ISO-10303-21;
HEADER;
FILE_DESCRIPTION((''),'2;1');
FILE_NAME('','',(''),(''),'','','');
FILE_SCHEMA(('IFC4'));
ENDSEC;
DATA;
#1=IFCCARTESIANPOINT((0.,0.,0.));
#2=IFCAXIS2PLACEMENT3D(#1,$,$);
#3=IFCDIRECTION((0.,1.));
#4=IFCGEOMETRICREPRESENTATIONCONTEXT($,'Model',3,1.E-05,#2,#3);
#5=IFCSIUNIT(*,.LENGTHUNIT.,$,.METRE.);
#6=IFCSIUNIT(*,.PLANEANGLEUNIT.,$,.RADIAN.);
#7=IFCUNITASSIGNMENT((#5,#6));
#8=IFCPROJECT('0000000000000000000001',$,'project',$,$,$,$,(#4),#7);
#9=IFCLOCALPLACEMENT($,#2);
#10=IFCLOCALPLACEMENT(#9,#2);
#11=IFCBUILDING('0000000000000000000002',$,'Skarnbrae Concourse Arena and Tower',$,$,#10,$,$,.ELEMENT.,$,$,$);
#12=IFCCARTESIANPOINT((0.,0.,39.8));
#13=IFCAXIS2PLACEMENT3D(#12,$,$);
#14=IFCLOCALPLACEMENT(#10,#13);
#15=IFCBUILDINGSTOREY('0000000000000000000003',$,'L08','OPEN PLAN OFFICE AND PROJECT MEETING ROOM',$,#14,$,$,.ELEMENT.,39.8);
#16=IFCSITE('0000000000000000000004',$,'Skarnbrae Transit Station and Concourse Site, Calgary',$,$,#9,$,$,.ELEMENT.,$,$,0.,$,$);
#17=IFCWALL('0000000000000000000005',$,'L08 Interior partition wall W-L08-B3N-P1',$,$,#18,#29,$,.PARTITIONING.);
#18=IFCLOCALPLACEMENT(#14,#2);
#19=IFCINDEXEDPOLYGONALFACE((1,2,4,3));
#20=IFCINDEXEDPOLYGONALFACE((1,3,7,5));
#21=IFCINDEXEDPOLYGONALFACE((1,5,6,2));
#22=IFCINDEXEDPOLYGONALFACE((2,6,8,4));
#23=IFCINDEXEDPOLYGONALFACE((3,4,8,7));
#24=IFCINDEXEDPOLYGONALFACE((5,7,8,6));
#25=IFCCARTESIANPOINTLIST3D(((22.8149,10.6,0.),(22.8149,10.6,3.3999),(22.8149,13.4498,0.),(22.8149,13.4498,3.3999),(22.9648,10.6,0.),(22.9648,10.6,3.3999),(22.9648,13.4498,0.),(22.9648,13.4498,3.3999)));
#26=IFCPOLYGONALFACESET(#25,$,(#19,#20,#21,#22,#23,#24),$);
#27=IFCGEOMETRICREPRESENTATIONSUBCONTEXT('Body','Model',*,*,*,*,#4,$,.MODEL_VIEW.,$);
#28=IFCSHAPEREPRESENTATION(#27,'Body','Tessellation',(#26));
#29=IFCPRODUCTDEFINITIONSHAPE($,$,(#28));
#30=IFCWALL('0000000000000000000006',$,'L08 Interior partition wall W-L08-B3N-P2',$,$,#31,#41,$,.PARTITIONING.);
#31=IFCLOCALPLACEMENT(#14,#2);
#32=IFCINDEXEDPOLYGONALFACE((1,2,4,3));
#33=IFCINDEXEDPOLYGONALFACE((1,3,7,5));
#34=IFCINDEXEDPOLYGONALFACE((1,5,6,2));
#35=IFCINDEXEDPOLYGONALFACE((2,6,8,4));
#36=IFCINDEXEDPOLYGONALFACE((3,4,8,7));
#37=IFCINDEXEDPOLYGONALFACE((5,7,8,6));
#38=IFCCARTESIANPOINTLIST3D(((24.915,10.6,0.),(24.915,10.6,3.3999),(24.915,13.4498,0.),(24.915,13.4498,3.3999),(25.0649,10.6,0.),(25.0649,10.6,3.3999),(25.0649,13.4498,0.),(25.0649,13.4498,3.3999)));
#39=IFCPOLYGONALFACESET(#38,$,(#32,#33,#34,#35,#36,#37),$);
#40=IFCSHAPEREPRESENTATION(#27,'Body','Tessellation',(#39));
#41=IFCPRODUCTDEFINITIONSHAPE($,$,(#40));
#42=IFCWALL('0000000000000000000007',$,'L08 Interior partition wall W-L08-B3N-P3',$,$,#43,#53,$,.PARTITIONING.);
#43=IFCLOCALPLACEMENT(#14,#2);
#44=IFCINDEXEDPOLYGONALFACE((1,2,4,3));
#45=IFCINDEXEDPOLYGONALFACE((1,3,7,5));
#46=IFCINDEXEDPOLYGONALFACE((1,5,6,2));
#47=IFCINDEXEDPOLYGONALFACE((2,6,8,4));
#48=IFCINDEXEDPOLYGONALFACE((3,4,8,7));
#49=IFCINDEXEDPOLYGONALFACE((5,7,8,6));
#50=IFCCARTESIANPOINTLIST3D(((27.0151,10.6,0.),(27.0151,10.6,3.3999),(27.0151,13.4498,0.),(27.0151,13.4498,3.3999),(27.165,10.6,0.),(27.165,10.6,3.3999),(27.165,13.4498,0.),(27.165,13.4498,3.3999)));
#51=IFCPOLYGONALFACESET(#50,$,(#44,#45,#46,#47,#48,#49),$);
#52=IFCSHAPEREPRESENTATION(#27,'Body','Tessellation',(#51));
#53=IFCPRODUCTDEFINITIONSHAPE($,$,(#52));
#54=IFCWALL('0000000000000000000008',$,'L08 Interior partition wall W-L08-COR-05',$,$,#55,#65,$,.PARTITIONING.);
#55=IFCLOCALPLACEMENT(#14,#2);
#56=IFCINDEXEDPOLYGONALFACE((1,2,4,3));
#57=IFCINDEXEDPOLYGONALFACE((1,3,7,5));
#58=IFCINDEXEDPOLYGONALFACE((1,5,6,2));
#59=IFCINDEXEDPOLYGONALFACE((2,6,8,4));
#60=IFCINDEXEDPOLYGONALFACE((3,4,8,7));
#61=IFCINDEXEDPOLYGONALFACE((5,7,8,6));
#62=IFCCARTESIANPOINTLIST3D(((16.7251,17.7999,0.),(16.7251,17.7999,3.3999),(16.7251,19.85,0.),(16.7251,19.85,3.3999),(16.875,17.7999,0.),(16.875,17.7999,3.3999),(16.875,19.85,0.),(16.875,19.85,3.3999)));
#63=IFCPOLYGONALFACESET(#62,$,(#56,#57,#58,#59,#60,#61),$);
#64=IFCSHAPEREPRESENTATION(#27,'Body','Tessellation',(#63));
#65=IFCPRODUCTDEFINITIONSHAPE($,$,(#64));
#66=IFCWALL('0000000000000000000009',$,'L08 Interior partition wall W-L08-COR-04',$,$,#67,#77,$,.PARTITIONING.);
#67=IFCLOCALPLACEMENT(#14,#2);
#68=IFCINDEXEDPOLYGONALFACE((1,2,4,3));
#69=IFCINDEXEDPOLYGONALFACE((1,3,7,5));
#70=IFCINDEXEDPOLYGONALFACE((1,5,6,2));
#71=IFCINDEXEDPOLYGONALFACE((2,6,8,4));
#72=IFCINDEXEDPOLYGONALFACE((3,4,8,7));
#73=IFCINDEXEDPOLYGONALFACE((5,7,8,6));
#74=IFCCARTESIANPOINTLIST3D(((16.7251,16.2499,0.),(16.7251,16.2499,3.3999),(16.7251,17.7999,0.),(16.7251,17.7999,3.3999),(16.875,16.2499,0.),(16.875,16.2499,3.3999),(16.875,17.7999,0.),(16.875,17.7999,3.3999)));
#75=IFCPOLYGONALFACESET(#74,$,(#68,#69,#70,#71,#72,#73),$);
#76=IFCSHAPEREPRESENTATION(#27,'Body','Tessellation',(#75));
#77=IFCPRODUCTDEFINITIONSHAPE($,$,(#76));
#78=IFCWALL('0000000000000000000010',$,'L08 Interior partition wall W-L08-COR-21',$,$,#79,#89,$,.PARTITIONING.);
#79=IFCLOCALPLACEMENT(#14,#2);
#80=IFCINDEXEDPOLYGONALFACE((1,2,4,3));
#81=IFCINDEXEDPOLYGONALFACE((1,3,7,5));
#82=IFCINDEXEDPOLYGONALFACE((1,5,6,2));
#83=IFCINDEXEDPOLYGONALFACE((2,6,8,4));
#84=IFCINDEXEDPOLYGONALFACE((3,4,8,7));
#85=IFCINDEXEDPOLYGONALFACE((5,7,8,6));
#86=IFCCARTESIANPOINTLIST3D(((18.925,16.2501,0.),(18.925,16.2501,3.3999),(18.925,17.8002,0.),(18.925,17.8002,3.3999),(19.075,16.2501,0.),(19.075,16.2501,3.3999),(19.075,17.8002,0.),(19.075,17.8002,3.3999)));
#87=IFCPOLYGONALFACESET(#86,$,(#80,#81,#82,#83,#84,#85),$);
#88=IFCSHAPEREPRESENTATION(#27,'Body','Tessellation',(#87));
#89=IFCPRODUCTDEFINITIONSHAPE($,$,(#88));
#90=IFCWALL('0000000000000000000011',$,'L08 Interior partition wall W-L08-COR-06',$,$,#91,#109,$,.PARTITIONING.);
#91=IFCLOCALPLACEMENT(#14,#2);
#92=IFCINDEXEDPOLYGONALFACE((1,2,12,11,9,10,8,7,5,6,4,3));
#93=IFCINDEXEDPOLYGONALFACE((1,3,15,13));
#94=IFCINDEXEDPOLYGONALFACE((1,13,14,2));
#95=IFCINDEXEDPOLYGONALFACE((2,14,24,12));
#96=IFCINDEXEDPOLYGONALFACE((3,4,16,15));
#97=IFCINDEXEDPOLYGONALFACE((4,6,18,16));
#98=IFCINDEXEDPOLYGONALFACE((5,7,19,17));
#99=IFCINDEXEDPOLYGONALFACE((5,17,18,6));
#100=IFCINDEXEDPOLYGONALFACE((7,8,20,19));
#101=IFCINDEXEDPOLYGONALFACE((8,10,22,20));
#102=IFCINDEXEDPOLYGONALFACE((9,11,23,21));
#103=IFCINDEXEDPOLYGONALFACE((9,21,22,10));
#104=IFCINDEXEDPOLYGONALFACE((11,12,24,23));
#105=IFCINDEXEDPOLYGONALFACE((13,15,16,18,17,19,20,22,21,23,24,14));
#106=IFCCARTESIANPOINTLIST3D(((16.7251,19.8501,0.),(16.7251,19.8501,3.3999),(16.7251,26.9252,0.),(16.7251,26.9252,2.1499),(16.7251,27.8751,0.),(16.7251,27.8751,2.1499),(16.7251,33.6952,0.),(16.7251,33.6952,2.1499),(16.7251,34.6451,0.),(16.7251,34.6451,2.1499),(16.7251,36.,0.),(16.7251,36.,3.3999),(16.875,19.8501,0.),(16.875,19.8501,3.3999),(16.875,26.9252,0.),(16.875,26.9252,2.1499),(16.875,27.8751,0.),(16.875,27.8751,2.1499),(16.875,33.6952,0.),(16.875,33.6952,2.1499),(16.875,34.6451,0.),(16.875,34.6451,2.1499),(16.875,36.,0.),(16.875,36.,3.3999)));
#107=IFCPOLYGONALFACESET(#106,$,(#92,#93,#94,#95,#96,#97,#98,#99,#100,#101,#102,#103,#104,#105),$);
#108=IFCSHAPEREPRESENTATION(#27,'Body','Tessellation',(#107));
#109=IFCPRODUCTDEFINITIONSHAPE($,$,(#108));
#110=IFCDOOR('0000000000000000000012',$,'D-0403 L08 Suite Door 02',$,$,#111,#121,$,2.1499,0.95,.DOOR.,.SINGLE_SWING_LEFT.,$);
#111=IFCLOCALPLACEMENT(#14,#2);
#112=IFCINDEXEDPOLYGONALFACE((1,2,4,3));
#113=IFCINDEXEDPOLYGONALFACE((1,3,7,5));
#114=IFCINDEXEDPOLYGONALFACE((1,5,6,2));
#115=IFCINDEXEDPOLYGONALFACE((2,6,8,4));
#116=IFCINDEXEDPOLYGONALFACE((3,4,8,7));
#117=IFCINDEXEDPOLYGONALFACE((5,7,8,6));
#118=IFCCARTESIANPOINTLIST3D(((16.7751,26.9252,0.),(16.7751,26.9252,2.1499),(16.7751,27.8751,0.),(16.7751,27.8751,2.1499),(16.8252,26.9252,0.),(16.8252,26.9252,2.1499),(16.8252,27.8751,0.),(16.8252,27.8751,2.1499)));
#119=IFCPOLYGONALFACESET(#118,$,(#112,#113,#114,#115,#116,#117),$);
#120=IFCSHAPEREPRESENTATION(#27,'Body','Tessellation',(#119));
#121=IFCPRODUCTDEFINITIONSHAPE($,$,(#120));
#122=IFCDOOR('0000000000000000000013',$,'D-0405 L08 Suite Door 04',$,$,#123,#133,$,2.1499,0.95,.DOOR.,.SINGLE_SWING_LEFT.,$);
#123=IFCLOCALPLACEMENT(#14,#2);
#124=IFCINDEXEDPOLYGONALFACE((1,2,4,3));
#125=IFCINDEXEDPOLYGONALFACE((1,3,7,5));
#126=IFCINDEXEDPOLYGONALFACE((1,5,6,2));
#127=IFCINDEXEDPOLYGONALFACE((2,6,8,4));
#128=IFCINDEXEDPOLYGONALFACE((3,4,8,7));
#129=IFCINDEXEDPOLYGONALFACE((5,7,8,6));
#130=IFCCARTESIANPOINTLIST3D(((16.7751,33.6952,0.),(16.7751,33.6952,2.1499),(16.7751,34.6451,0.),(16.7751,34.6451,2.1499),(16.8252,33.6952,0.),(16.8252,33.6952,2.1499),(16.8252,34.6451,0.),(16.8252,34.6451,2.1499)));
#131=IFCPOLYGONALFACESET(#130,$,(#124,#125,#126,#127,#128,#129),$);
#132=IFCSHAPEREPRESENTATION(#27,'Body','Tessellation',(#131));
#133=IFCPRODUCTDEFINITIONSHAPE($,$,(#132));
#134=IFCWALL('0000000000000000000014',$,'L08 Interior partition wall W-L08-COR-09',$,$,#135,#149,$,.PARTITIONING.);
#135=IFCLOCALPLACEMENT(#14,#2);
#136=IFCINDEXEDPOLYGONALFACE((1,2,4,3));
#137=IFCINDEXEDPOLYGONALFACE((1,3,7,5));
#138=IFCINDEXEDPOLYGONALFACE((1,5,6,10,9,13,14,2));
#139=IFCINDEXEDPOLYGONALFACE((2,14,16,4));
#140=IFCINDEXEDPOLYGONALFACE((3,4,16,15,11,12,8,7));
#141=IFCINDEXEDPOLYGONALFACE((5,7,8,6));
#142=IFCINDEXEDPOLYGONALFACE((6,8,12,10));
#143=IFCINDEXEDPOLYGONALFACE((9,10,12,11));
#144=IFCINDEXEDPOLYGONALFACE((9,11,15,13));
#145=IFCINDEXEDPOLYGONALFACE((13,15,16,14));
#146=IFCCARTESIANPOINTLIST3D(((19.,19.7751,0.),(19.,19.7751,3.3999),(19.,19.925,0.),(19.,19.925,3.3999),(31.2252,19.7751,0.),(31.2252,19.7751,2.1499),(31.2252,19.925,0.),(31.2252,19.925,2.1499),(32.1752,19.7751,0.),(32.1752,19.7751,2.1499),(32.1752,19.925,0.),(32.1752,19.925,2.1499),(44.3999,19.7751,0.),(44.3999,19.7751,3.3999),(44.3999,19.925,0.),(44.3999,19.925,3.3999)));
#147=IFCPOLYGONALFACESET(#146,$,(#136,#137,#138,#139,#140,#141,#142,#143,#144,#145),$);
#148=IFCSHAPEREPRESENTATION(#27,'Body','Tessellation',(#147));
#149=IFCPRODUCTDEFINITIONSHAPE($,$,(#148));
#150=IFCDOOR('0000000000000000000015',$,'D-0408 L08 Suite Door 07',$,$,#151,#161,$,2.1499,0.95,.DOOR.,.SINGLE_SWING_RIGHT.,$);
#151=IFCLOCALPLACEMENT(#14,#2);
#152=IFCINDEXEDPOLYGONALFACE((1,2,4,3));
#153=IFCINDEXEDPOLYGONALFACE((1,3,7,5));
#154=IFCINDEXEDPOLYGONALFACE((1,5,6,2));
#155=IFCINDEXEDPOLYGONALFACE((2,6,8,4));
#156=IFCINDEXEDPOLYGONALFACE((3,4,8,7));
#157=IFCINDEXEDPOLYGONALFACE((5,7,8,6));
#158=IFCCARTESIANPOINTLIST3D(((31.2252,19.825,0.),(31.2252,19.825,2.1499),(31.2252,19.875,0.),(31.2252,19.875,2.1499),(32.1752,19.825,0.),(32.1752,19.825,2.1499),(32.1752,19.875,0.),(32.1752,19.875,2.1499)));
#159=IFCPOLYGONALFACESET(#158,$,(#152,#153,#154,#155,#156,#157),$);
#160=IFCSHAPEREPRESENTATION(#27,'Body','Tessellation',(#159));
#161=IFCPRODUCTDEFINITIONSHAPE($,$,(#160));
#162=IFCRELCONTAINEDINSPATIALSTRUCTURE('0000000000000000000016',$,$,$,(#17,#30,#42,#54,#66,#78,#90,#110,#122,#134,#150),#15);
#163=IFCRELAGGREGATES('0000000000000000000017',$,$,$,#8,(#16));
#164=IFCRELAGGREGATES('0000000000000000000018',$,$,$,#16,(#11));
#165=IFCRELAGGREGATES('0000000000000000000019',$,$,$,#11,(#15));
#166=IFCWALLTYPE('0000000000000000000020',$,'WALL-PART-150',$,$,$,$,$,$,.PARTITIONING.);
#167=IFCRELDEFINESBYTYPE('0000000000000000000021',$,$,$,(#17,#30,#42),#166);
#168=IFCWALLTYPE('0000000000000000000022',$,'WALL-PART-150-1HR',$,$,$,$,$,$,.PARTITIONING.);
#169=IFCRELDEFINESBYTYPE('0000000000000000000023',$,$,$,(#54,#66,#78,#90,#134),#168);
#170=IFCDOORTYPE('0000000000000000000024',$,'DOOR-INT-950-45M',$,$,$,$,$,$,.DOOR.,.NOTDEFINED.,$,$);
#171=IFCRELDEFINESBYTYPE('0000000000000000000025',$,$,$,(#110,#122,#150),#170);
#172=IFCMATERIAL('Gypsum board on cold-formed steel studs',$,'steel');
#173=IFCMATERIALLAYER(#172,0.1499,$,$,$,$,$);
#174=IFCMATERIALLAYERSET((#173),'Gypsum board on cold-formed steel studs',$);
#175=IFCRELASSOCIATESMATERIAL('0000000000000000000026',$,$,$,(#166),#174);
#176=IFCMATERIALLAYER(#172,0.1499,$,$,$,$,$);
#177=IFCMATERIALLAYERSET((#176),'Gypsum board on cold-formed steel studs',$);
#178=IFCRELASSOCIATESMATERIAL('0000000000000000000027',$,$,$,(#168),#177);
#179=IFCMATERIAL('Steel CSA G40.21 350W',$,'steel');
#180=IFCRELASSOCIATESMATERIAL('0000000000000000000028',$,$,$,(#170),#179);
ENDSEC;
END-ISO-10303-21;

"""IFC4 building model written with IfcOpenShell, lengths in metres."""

from ifc_helpers import new_model, si_unit, direction, frame, frame_2d, origin, place, context, subcontext, project, spatial, rectangle, extrude, source, transform, mapped, material, layer, layer_set, type_object, element, fill, save


model = new_model("IFC4")

# Units and contexts
model_context = context("Model", 3, precision=1e-05, world=origin(), true_north=direction((0.0, 1.0)))
body_context = subcontext(model_context, "Body", "Model", "MODEL_VIEW")
ifc_project = project(units=[si_unit("LENGTHUNIT", "METRE"), si_unit("PLANEANGLEUNIT", "RADIAN")], contexts=[model_context])

# Site, building, storey
site_placement = place(None, origin())
site = spatial("IfcSite", under=ifc_project, at=site_placement, Name="Skarnbrae Transit Station and Concourse Site, Calgary", CompositionType="ELEMENT", RefElevation=0.0)
building_placement = place(site_placement, origin())
building = spatial("IfcBuilding", under=site, at=building_placement, Name="Skarnbrae Concourse Arena and Tower", CompositionType="ELEMENT")
storey_placement = place(building_placement, frame((0.0, 0.0, 39.8)))
storey = spatial("IfcBuildingStorey", under=building, at=storey_placement, Name="L08", Description="OPEN PLAN OFFICE AND PROJECT MEETING ROOM", CompositionType="ELEMENT", Elevation=39.8)

# Shared definitions
ifc_material_1 = material(Name="Steel CSA G40.21 350W", Category="steel")

# Walls
ifc_material_2 = material(Name="Gypsum board on cold-formed steel studs", Category="steel")
ifc_layer_1 = layer(ifc_material_2, 0.1499)
ifc_layer_set_1 = layer_set([ifc_layer_1], Name="Gypsum board on cold-formed steel studs")
wall_type_1 = type_object("IfcWallType", Name="WALL-PART-150", PredefinedType="PARTITIONING", material=ifc_layer_set_1)
shared_shape_1 = source(origin(), body_context, "Body", "SweptSolid", [
    extrude(rectangle(XDim=2.8499, YDim=0.1499, at=frame_2d((1.4248, 0.0))), origin(), (0.0, 0.0, 1.0), 3.3999),
])
for number, where, z_axis, x_axis, name in (
    (1, (22.8899, 10.6001, 0.0), (0.0, 0.0, 1.0), (0.0, 1.0, 0.0), "L08 Interior partition wall W-L08-B3N-P1"),
    (2, (24.99, 10.6001, 0.0), (0.0, 0.0, 1.0), (0.0, 1.0, 0.0), "L08 Interior partition wall W-L08-B3N-P2"),
    (3, (27.0901, 10.6001, 0.0), (0.0, 0.0, 1.0), (0.0, 1.0, 0.0), "L08 Interior partition wall W-L08-B3N-P3"),
):
    element("IfcWall", number, at=place(storey_placement, frame(where, z_axis=z_axis, x_axis=x_axis)), inside=storey, type_object=wall_type_1, Name=name, PredefinedType="PARTITIONING", context=body_context, shape_type="MappedRepresentation", body=[
        mapped(shared_shape_1, transform((0.0, 0.0, 0.0))),
    ])
ifc_layer_2 = layer(ifc_material_2, 0.1499)
ifc_layer_set_2 = layer_set([ifc_layer_2], Name="Gypsum board on cold-formed steel studs")
wall_type_2 = type_object("IfcWallType", Name="WALL-PART-150-1HR", PredefinedType="PARTITIONING", material=ifc_layer_set_2)
shared_shape_2 = source(origin(), body_context, "Body", "SweptSolid", [
    extrude(rectangle(XDim=2.05, YDim=0.1499, at=frame_2d((1.0249, 0.0))), origin(), (0.0, 0.0, 1.0), 3.3999),
])
wall_1_placement = place(storey_placement, frame((16.8, 17.8, 0.0), z_axis=(0.0, 0.0, 1.0), x_axis=(0.0, 1.0, 0.0)))
element("IfcWall", 4, at=wall_1_placement, inside=storey, type_object=wall_type_2, Name="L08 Interior partition wall W-L08-COR-05", PredefinedType="PARTITIONING", context=body_context, shape_type="MappedRepresentation", body=[
    mapped(shared_shape_2, transform((0.0, 0.0, 0.0))),
])
shared_shape_3 = source(origin(), body_context, "Body", "SweptSolid", [
    extrude(rectangle(XDim=1.55, YDim=0.1499, at=frame_2d((0.7749, 0.0))), origin(), (0.0, 0.0, 1.0), 3.3999),
])
for number, where, z_axis, x_axis, name in (
    (5, (16.8, 16.25, 0.0), (0.0, 0.0, 1.0), (0.0, 1.0, 0.0), "L08 Interior partition wall W-L08-COR-04"),
    (6, (19.0, 17.8, 0.0), (0.0, 0.0, 1.0), (0.0, -1.0, 0.0), "L08 Interior partition wall W-L08-COR-21"),
):
    element("IfcWall", number, at=place(storey_placement, frame(where, z_axis=z_axis, x_axis=x_axis)), inside=storey, type_object=wall_type_2, Name=name, PredefinedType="PARTITIONING", context=body_context, shape_type="MappedRepresentation", body=[
        mapped(shared_shape_3, transform((0.0, 0.0, 0.0))),
    ])

# Wall, openings, doors
shared_shape_4 = source(origin(), body_context, "Body", "SweptSolid", [
    extrude(rectangle(XDim=16.1499, YDim=0.1499, at=frame_2d((8.075, 0.0))), origin(), (0.0, 0.0, 1.0), 3.3999),
])
wall_2_placement = place(storey_placement, frame((16.8, 19.8501, 0.0), z_axis=(0.0, 0.0, 1.0), x_axis=(0.0, 1.0, 0.0)))
wall_2 = element("IfcWall", 7, at=wall_2_placement, inside=storey, type_object=wall_type_2, Name="L08 Interior partition wall W-L08-COR-06", PredefinedType="PARTITIONING", context=body_context, shape_type="MappedRepresentation", body=[
    mapped(shared_shape_4, transform((0.0, 0.0, 0.0))),
])
opening_1_placement = place(wall_2_placement, frame((7.075, 0.0, 0.0)))
opening_1 = element("IfcOpeningElement", 8, at=opening_1_placement, cuts=wall_2, PredefinedType="OPENING", context=body_context, shape_type="SweptSolid", body=[
    extrude(rectangle(XDim=0.95, YDim=2.1499, at=frame_2d((0.4751, 1.075))), frame((0.0, 0.085, 0.0), z_axis=(0.0, -1.0, 0.0), x_axis=(1.0, 0.0, 0.0)), (0.0, 0.0, 1.0), 0.1699),
])
opening_2_placement = place(wall_2_placement, frame((13.845, 0.0, 0.0)))
opening_2 = element("IfcOpeningElement", 9, at=opening_2_placement, cuts=wall_2, PredefinedType="OPENING", context=body_context, shape_type="SweptSolid", body=[
    extrude(rectangle(XDim=0.95, YDim=2.1499, at=frame_2d((0.4751, 1.075))), frame((0.0, 0.085, 0.0), z_axis=(0.0, -1.0, 0.0), x_axis=(1.0, 0.0, 0.0)), (0.0, 0.0, 1.0), 0.1699),
])
door_type_1 = type_object("IfcDoorType", Name="DOOR-INT-950-45M", OperationType="NOTDEFINED", PredefinedType="DOOR", material=ifc_material_1)
shared_shape_5 = source(origin(), body_context, "Body", "SweptSolid", [
    extrude(rectangle(XDim=0.95, YDim=2.1499, at=frame_2d((0.4751, 1.075))), frame((0.0, 0.0249, 0.0), z_axis=(0.0, -1.0, 0.0), x_axis=(1.0, 0.0, 0.0)), (0.0, 0.0, 1.0), 0.05),
])
door_1_placement = place(opening_1_placement, origin())
door_1 = element("IfcDoor", 10, at=door_1_placement, inside=storey, type_object=door_type_1, Name="D-0403 L08 Suite Door 02", OperationType="SINGLE_SWING_LEFT", OverallHeight=2.1499, OverallWidth=0.95, PredefinedType="DOOR", context=body_context, shape_type="MappedRepresentation", body=[
    mapped(shared_shape_5, transform((0.0, 0.0, 0.0))),
])
fill(opening_1, door_1)
door_2_placement = place(opening_2_placement, origin())
door_2 = element("IfcDoor", 11, at=door_2_placement, inside=storey, type_object=door_type_1, Name="D-0405 L08 Suite Door 04", OperationType="SINGLE_SWING_LEFT", OverallHeight=2.1499, OverallWidth=0.95, PredefinedType="DOOR", context=body_context, shape_type="MappedRepresentation", body=[
    mapped(shared_shape_5, transform((0.0, 0.0, 0.0))),
])
fill(opening_2, door_2)

# Wall, opening, door
shared_shape_6 = source(origin(), body_context, "Body", "SweptSolid", [
    extrude(rectangle(XDim=25.3999, YDim=0.1499, at=frame_2d((12.7, 0.0))), origin(), (0.0, 0.0, 1.0), 3.3999),
])
wall_3_placement = place(storey_placement, frame((19.0, 19.8501, 0.0), z_axis=(0.0, 0.0, 1.0), x_axis=(1.0, 0.0, 0.0)))
wall_3 = element("IfcWall", 12, at=wall_3_placement, inside=storey, type_object=wall_type_2, Name="L08 Interior partition wall W-L08-COR-09", PredefinedType="PARTITIONING", context=body_context, shape_type="MappedRepresentation", body=[
    mapped(shared_shape_6, transform((0.0, 0.0, 0.0))),
])
opening_3_placement = place(wall_3_placement, frame((12.2251, 0.0, 0.0)))
opening_3 = element("IfcOpeningElement", 13, at=opening_3_placement, cuts=wall_3, PredefinedType="OPENING", context=body_context, shape_type="SweptSolid", body=[
    extrude(rectangle(XDim=0.95, YDim=2.1499, at=frame_2d((0.4751, 1.075))), frame((0.0, 0.085, 0.0), z_axis=(0.0, -1.0, 0.0), x_axis=(1.0, 0.0, 0.0)), (0.0, 0.0, 1.0), 0.1699),
])
door_3_placement = place(opening_3_placement, origin())
door_3 = element("IfcDoor", 14, at=door_3_placement, inside=storey, type_object=door_type_1, Name="D-0408 L08 Suite Door 07", OperationType="SINGLE_SWING_RIGHT", OverallHeight=2.1499, OverallWidth=0.95, PredefinedType="DOOR", context=body_context, shape_type="MappedRepresentation", body=[
    mapped(shared_shape_5, transform((0.0, 0.0, 0.0))),
])
fill(opening_3, door_3)

save(model, "model.ifc")
